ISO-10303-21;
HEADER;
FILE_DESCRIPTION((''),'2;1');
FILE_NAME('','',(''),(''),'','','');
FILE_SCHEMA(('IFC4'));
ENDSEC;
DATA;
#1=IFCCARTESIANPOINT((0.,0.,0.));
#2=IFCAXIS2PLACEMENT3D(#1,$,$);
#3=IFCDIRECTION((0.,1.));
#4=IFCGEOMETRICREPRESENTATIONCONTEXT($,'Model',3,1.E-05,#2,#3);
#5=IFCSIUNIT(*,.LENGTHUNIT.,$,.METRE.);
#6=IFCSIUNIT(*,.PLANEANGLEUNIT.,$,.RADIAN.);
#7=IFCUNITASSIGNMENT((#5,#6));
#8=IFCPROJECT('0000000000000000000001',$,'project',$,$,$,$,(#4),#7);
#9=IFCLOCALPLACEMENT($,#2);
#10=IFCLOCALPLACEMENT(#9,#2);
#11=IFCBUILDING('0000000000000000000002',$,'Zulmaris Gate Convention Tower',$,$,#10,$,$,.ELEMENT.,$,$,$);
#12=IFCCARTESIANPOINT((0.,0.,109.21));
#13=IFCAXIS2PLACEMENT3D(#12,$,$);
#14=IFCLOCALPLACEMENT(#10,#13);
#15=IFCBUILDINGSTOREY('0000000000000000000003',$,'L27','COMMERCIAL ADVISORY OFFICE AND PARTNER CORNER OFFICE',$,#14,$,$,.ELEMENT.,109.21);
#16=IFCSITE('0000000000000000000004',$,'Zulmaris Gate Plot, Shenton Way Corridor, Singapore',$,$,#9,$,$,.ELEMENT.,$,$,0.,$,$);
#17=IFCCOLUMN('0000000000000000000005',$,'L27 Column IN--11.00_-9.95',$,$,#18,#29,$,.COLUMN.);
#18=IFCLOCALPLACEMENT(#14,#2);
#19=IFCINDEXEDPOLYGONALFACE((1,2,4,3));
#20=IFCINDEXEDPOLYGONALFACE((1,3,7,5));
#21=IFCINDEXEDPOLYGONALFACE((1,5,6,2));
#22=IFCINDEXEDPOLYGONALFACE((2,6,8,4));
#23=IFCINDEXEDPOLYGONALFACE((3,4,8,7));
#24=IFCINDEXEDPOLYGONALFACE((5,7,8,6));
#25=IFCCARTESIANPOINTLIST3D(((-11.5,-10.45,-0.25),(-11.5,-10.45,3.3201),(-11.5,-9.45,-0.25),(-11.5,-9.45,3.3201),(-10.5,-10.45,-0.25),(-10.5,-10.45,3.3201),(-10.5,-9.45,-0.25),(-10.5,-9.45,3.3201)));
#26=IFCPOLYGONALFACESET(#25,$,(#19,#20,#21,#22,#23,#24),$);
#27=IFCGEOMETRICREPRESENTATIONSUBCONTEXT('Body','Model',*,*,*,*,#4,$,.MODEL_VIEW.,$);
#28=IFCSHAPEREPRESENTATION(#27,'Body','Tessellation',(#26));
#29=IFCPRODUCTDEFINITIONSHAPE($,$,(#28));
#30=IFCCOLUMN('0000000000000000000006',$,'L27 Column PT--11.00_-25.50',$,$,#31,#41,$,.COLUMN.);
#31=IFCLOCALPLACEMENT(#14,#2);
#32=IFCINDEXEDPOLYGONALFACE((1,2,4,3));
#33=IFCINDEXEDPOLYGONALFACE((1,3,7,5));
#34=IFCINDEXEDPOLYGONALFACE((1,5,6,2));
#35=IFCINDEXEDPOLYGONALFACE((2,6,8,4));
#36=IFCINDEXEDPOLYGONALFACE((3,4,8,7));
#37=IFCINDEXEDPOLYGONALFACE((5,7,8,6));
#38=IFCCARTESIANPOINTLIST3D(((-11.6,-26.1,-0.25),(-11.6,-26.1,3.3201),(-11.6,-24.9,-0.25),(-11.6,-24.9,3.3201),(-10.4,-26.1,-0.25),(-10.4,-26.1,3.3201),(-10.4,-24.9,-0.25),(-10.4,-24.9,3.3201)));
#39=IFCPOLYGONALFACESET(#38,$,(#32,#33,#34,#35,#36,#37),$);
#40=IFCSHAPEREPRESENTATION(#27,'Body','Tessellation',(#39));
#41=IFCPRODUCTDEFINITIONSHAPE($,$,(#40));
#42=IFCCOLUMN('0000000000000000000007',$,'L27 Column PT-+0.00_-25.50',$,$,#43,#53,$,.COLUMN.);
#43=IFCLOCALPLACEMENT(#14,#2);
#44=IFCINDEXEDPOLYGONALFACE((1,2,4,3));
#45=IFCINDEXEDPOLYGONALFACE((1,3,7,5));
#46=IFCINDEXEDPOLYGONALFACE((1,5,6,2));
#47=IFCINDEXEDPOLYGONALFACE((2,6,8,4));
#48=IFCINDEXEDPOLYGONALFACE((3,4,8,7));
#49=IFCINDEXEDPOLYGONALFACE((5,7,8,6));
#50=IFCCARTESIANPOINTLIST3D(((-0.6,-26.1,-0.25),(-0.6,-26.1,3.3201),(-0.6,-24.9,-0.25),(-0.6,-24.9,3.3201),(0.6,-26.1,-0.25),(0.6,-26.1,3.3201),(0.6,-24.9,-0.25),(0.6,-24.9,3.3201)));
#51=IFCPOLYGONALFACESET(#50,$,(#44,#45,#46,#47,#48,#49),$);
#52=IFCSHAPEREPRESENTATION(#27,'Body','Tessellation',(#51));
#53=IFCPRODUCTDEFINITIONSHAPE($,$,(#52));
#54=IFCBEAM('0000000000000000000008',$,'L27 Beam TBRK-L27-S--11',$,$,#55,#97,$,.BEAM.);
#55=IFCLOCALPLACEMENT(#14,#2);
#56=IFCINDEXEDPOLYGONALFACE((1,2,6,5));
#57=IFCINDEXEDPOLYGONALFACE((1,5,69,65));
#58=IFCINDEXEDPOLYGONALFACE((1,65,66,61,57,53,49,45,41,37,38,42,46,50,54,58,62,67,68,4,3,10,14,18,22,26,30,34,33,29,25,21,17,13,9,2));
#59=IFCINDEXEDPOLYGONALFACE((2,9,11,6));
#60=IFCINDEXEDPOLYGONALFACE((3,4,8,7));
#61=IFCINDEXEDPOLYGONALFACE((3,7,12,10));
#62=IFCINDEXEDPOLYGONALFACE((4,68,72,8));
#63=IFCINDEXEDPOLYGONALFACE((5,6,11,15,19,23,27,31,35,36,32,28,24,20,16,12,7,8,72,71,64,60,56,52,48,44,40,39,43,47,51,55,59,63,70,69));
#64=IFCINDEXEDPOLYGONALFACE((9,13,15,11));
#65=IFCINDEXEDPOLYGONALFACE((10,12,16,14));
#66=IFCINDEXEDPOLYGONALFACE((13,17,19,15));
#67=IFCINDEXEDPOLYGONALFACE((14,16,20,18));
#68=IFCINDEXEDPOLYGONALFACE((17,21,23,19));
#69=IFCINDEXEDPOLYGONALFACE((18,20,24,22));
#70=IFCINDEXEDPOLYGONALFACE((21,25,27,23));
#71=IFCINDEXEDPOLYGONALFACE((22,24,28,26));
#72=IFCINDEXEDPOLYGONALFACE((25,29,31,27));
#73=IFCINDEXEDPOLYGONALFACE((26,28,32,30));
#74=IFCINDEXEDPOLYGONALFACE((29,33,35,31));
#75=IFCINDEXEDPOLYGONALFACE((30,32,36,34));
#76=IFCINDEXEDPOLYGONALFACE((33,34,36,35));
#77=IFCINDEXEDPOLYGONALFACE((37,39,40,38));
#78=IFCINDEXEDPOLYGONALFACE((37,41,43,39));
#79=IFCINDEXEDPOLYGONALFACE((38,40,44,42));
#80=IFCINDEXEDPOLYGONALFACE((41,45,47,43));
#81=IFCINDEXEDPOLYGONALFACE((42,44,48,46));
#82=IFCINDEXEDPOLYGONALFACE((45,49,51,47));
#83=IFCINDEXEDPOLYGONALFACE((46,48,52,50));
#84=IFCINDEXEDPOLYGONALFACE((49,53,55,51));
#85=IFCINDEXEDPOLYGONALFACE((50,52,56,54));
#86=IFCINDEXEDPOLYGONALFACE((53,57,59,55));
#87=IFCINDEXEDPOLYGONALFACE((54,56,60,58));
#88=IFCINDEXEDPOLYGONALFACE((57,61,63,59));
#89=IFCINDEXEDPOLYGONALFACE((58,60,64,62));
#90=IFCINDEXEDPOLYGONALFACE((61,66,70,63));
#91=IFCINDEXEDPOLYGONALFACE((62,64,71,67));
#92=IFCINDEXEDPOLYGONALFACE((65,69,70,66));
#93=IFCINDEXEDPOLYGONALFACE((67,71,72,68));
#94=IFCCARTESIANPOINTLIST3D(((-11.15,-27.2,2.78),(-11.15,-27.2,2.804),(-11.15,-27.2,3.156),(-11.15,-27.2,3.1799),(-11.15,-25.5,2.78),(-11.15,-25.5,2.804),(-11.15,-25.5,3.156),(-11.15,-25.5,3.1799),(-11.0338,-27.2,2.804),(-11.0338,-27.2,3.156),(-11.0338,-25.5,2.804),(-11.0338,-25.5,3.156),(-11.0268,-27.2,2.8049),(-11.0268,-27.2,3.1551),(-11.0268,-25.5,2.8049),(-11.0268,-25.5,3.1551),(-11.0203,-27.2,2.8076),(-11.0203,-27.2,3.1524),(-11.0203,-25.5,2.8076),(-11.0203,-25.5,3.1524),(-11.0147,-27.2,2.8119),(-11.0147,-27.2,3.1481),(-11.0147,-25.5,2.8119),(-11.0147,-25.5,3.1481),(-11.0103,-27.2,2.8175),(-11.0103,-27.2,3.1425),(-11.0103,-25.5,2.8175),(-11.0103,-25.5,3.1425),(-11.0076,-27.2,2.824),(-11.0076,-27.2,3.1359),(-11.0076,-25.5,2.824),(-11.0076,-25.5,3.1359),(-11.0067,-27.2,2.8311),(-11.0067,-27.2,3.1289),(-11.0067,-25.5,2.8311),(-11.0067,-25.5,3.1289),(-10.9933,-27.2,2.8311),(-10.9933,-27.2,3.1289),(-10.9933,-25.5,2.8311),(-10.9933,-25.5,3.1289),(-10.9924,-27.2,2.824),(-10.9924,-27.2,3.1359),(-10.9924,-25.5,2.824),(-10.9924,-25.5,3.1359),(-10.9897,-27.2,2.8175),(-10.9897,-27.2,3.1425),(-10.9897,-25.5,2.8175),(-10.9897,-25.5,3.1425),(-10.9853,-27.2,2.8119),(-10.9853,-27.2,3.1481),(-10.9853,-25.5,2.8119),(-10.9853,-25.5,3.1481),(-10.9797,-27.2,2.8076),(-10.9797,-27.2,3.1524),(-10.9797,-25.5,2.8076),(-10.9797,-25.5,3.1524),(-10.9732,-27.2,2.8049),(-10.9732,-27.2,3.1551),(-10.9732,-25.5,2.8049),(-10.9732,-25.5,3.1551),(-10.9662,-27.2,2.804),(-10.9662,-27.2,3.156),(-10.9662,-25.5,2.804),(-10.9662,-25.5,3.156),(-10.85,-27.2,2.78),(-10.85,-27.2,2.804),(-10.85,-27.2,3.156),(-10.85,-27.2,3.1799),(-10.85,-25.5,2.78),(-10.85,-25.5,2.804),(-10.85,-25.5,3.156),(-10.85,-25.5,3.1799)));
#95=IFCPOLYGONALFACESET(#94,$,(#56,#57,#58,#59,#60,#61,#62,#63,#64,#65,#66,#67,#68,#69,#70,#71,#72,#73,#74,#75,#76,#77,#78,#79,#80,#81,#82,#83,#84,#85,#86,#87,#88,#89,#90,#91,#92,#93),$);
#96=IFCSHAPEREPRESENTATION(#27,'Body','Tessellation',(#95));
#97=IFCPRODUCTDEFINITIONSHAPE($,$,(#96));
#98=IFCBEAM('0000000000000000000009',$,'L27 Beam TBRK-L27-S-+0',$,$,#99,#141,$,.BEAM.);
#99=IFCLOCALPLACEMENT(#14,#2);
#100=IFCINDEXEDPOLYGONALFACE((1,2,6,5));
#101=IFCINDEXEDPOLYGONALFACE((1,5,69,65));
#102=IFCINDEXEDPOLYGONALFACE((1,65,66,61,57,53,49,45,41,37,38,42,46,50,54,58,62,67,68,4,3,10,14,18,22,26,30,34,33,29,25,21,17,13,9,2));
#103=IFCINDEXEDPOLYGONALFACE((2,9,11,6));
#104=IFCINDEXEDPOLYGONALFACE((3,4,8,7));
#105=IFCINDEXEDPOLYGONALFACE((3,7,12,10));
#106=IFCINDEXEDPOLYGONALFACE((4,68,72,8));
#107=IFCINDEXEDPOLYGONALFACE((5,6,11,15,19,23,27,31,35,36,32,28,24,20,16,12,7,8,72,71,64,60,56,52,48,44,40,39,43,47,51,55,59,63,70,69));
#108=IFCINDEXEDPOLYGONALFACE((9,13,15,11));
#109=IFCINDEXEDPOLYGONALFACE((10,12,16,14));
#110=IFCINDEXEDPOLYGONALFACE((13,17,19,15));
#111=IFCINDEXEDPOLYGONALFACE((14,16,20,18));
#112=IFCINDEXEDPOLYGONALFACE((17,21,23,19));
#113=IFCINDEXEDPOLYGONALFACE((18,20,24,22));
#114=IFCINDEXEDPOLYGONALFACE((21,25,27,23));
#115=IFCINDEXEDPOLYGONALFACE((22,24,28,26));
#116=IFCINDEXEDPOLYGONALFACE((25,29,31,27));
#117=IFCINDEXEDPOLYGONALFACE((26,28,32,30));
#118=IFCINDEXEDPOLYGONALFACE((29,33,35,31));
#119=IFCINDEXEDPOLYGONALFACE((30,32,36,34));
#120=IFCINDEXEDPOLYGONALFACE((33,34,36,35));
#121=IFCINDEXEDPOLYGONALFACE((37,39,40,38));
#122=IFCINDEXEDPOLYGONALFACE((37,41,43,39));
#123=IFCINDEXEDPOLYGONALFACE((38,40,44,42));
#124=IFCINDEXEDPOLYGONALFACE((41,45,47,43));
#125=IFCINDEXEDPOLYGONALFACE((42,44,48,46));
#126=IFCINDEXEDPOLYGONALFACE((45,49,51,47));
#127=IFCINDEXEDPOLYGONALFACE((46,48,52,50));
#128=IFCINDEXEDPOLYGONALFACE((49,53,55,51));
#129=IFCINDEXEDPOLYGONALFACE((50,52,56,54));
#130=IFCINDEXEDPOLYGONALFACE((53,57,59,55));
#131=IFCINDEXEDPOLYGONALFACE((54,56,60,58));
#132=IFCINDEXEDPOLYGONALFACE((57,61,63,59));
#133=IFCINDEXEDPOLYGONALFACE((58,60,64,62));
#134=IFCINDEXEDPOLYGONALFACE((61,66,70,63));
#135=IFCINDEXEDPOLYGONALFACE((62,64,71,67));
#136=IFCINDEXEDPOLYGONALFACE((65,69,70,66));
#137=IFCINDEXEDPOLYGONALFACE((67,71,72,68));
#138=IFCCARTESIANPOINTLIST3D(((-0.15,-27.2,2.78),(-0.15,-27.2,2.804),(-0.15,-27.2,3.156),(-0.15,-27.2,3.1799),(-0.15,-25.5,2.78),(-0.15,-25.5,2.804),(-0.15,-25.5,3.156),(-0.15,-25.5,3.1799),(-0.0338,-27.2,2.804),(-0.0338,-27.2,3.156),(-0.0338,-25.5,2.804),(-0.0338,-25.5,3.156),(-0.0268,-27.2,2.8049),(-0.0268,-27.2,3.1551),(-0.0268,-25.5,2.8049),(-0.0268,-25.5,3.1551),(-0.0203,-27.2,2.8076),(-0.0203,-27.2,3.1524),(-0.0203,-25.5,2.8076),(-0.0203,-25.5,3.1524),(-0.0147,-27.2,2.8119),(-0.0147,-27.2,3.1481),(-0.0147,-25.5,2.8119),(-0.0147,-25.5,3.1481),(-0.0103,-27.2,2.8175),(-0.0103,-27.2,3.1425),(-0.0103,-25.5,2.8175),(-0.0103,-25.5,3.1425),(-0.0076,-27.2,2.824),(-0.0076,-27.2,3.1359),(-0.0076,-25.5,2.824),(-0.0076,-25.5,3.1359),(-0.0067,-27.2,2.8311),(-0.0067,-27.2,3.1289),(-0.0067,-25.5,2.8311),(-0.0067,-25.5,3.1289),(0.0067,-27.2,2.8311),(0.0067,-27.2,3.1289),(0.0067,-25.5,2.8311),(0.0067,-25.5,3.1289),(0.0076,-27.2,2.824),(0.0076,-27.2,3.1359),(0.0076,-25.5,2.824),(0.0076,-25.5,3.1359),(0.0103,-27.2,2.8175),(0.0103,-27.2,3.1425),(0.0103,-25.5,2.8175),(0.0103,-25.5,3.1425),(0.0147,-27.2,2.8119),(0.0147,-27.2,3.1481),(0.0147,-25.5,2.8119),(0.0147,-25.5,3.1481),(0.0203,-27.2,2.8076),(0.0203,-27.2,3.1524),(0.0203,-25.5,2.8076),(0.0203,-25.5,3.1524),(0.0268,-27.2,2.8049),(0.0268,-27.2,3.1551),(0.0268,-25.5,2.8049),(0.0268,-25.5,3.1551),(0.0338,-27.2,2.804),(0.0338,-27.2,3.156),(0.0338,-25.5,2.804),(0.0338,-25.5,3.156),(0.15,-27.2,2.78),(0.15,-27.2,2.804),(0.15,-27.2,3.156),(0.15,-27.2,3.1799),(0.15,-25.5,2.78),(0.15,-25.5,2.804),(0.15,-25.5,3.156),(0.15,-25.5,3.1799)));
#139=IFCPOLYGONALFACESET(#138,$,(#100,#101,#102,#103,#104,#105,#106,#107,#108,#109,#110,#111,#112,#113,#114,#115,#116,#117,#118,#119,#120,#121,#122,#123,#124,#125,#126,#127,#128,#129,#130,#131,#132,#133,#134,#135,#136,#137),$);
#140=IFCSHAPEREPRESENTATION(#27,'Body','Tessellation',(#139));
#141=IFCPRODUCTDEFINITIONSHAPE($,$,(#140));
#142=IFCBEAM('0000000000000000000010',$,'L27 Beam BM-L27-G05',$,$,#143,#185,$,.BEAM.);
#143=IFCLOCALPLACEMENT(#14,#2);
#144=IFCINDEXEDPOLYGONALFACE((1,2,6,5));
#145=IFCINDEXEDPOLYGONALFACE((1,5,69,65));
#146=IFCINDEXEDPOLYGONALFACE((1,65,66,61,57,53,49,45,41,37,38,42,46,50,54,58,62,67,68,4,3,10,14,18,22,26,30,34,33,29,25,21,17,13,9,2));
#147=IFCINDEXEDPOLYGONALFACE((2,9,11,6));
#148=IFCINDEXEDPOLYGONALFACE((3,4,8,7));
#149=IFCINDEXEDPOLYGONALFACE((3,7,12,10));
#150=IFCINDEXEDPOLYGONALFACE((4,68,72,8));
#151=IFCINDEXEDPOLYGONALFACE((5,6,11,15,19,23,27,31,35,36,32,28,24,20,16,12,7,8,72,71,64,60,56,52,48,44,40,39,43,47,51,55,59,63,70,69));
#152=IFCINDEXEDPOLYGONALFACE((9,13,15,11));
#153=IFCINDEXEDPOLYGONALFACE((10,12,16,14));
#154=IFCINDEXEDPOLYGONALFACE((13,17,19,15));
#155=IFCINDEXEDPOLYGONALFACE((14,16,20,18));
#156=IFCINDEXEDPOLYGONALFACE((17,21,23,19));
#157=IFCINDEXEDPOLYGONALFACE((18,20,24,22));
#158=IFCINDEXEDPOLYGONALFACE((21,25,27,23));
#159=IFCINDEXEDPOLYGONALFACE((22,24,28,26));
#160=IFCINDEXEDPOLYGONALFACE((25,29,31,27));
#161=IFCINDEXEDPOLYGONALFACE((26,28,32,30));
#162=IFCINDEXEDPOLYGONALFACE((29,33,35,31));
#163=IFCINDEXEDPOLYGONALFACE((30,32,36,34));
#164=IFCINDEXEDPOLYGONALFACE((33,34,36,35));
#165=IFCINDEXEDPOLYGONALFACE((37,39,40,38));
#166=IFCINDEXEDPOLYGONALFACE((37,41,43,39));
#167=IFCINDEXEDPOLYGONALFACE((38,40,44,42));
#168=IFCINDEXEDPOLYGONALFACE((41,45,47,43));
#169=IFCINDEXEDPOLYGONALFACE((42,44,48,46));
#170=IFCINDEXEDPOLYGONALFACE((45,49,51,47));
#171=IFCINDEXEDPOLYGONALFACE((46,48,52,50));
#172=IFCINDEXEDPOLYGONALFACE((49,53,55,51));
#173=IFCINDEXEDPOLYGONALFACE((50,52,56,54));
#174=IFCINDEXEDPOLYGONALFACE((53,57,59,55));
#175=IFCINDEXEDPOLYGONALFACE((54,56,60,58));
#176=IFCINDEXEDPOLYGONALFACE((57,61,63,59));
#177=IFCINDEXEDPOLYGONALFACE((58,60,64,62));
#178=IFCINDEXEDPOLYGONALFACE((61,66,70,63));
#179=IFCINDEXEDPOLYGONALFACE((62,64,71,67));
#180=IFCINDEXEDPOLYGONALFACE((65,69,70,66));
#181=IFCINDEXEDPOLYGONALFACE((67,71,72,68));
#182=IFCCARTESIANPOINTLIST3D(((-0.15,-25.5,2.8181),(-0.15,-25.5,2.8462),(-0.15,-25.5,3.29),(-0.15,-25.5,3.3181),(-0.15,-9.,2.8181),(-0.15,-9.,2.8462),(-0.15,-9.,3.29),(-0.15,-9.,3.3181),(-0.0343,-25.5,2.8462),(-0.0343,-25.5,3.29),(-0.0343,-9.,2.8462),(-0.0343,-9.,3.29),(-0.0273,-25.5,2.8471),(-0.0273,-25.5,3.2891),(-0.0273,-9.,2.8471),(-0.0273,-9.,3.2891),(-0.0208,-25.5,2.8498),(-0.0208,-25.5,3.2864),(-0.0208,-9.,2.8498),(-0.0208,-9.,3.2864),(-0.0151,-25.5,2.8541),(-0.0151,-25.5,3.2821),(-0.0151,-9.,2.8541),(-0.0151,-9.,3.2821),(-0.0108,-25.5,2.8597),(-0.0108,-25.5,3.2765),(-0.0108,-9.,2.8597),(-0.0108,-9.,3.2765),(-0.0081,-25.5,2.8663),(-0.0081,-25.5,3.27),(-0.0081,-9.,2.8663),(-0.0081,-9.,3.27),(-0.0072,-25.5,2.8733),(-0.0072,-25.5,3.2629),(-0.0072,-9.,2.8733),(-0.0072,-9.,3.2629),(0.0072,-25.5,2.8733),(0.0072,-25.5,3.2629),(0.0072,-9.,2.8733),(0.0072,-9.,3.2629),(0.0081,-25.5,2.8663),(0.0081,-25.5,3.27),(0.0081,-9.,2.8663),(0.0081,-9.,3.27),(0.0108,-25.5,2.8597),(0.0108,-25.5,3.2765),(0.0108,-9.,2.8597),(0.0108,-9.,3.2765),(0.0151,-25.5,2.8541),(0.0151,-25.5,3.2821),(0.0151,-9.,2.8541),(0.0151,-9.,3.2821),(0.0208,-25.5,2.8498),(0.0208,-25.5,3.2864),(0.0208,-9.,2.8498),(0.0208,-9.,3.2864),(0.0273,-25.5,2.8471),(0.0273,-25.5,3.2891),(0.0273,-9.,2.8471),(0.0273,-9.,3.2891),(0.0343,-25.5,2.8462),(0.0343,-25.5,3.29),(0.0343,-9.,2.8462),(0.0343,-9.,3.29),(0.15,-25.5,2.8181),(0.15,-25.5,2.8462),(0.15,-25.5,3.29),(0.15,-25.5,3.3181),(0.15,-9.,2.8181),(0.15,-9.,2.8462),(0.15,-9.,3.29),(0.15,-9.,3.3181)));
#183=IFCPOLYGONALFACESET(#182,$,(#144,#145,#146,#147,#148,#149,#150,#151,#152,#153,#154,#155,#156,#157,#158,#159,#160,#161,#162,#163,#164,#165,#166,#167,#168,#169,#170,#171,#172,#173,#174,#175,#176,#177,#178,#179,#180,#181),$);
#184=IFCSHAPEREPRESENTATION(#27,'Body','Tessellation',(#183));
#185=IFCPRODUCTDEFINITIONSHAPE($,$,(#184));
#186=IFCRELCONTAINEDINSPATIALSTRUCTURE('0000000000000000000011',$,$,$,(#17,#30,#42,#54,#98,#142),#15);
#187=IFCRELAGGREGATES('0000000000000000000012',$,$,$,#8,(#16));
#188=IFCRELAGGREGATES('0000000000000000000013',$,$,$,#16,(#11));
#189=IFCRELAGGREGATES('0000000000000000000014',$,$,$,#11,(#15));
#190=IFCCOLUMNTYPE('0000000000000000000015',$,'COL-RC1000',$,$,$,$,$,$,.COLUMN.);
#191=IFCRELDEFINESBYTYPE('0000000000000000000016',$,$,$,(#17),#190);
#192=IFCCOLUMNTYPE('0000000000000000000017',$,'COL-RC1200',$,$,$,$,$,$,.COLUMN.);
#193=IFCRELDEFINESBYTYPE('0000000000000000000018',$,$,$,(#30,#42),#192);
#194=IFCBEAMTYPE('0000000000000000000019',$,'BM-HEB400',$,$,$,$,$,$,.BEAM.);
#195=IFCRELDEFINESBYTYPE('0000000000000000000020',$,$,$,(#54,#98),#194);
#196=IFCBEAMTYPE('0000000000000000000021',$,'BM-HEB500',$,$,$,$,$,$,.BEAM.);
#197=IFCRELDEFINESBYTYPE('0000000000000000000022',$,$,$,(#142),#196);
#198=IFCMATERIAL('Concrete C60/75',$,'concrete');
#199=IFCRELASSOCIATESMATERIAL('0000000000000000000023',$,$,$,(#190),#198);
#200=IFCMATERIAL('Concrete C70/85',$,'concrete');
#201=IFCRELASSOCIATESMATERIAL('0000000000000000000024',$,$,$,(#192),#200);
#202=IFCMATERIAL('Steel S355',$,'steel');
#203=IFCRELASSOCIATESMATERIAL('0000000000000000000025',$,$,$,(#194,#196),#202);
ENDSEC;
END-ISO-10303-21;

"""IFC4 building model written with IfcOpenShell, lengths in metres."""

from ifc_helpers import new_model, si_unit, direction, frame, origin, origin_2d, place, context, subcontext, project, spatial, rectangle, i_section, extrude, material, material_profile, profile_set, type_object, element, save


model = new_model("IFC4")

# Units and contexts
model_context = context("Model", 3, precision=1e-05, world=origin(), true_north=direction((0.0, 1.0)))
body_context = subcontext(model_context, "Body", "Model", "MODEL_VIEW")
ifc_project = project(units=[si_unit("LENGTHUNIT", "METRE"), si_unit("PLANEANGLEUNIT", "RADIAN")], contexts=[model_context])

# Site, building, storey
site_placement = place(None, origin())
site = spatial("IfcSite", under=ifc_project, at=site_placement, Name="Zulmaris Gate Plot, Shenton Way Corridor, Singapore", CompositionType="ELEMENT", RefElevation=0.0)
building_placement = place(site_placement, origin())
building = spatial("IfcBuilding", under=site, at=building_placement, Name="Zulmaris Gate Convention Tower", CompositionType="ELEMENT")
storey_placement = place(building_placement, frame((0.0, 0.0, 109.21)))
storey = spatial("IfcBuildingStorey", under=building, at=storey_placement, Name="L27", Description="COMMERCIAL ADVISORY OFFICE AND PARTNER CORNER OFFICE", CompositionType="ELEMENT", Elevation=109.21)

# Columns
ifc_material_1 = material(Name="Concrete C60/75", Category="concrete")
ifc_material_profile_1 = material_profile(ifc_material_1, rectangle(XDim=1.0, YDim=1.0, at=origin_2d()), Name="RC COL 1000x1000")
ifc_profile_set_1 = profile_set([ifc_material_profile_1], Name="Concrete C60/75")
column_type_1 = type_object("IfcColumnType", Name="COL-RC1000", PredefinedType="COLUMN", material=ifc_profile_set_1)
column_placement = place(storey_placement, frame((-11.0, -9.95, -0.25), z_axis=(0.0, 0.0, 1.0), x_axis=(1.0, 0.0, 0.0)))
element("IfcColumn", 1, at=column_placement, inside=storey, type_object=column_type_1, Name="L27 Column IN--11.00_-9.95", PredefinedType="COLUMN", context=body_context, shape_type="SweptSolid", body=[
    extrude(rectangle(XDim=1.0, YDim=1.0, at=origin_2d()), origin(), (0.0, 0.0, 1.0), 3.5701),
])
ifc_material_2 = material(Name="Concrete C70/85", Category="concrete")
ifc_material_profile_2 = material_profile(ifc_material_2, rectangle(XDim=1.2, YDim=1.2, at=origin_2d()), Name="RC COL 1200x1200")
ifc_profile_set_2 = profile_set([ifc_material_profile_2], Name="Concrete C70/85")
column_type_2 = type_object("IfcColumnType", Name="COL-RC1200", PredefinedType="COLUMN", material=ifc_profile_set_2)
for number, where, z_axis, x_axis, name in (
    (2, (-11.0, -25.5, -0.25), (0.0, 0.0, 1.0), (1.0, 0.0, 0.0), "L27 Column PT--11.00_-25.50"),
    (3, (0.0, -25.5, -0.25), (0.0, 0.0, 1.0), (1.0, 0.0, 0.0), "L27 Column PT-+0.00_-25.50"),
):
    element("IfcColumn", number, at=place(storey_placement, frame(where, z_axis=z_axis, x_axis=x_axis)), inside=storey, type_object=column_type_2, Name=name, PredefinedType="COLUMN", context=body_context, shape_type="SweptSolid", body=[
        extrude(rectangle(XDim=1.2, YDim=1.2, at=origin_2d()), origin(), (0.0, 0.0, 1.0), 3.5701),
    ])

# Beams
ifc_material_3 = material(Name="Steel S355", Category="steel")
ifc_material_profile_3 = material_profile(ifc_material_3, i_section(OverallWidth=0.3, OverallDepth=0.3999, WebThickness=0.0134, FlangeThickness=0.0239, FilletRadius=0.0271, at=origin_2d()), Name="HEB 400")
ifc_profile_set_3 = profile_set([ifc_material_profile_3], Name="Steel S355")
beam_type_1 = type_object("IfcBeamType", Name="BM-HEB400", PredefinedType="BEAM", material=ifc_profile_set_3)
for number, where, z_axis, x_axis, name in (
    (4, (-11.0, -27.2, 2.98), (0.0, 1.0, 0.0), (-1.0, 0.0, 0.0), "L27 Beam TBRK-L27-S--11"),
    (5, (0.0, -27.2, 2.98), (0.0, 1.0, 0.0), (-1.0, 0.0, 0.0), "L27 Beam TBRK-L27-S-+0"),
):
    element("IfcBeam", number, at=place(storey_placement, frame(where, z_axis=z_axis, x_axis=x_axis)), inside=storey, type_object=beam_type_1, Name=name, PredefinedType="BEAM", context=body_context, shape_type="SweptSolid", body=[
        extrude(i_section(OverallWidth=0.3, OverallDepth=0.3999, WebThickness=0.0134, FlangeThickness=0.0239, FilletRadius=0.0271, at=origin_2d()), origin(), (0.0, 0.0, 1.0), 1.7),
    ])
ifc_material_profile_4 = material_profile(ifc_material_3, i_section(OverallWidth=0.3, OverallDepth=0.5, WebThickness=0.0144, FlangeThickness=0.0281, FilletRadius=0.0271, at=origin_2d()), Name="HEB 500")
ifc_profile_set_4 = profile_set([ifc_material_profile_4], Name="Steel S355")
beam_type_2 = type_object("IfcBeamType", Name="BM-HEB500", PredefinedType="BEAM", material=ifc_profile_set_4)
beam_1_placement = place(storey_placement, frame((0.0, -25.5, 3.0681), z_axis=(0.0, 1.0, 0.0), x_axis=(-1.0, 0.0, 0.0)))
element("IfcBeam", 6, at=beam_1_placement, inside=storey, type_object=beam_type_2, Name="L27 Beam BM-L27-G05", PredefinedType="BEAM", context=body_context, shape_type="SweptSolid", body=[
    extrude(i_section(OverallWidth=0.3, OverallDepth=0.5, WebThickness=0.0144, FlangeThickness=0.0281, FilletRadius=0.0271, at=origin_2d()), origin(), (0.0, 0.0, 1.0), 16.5),
])

save(model, "model.ifc")
